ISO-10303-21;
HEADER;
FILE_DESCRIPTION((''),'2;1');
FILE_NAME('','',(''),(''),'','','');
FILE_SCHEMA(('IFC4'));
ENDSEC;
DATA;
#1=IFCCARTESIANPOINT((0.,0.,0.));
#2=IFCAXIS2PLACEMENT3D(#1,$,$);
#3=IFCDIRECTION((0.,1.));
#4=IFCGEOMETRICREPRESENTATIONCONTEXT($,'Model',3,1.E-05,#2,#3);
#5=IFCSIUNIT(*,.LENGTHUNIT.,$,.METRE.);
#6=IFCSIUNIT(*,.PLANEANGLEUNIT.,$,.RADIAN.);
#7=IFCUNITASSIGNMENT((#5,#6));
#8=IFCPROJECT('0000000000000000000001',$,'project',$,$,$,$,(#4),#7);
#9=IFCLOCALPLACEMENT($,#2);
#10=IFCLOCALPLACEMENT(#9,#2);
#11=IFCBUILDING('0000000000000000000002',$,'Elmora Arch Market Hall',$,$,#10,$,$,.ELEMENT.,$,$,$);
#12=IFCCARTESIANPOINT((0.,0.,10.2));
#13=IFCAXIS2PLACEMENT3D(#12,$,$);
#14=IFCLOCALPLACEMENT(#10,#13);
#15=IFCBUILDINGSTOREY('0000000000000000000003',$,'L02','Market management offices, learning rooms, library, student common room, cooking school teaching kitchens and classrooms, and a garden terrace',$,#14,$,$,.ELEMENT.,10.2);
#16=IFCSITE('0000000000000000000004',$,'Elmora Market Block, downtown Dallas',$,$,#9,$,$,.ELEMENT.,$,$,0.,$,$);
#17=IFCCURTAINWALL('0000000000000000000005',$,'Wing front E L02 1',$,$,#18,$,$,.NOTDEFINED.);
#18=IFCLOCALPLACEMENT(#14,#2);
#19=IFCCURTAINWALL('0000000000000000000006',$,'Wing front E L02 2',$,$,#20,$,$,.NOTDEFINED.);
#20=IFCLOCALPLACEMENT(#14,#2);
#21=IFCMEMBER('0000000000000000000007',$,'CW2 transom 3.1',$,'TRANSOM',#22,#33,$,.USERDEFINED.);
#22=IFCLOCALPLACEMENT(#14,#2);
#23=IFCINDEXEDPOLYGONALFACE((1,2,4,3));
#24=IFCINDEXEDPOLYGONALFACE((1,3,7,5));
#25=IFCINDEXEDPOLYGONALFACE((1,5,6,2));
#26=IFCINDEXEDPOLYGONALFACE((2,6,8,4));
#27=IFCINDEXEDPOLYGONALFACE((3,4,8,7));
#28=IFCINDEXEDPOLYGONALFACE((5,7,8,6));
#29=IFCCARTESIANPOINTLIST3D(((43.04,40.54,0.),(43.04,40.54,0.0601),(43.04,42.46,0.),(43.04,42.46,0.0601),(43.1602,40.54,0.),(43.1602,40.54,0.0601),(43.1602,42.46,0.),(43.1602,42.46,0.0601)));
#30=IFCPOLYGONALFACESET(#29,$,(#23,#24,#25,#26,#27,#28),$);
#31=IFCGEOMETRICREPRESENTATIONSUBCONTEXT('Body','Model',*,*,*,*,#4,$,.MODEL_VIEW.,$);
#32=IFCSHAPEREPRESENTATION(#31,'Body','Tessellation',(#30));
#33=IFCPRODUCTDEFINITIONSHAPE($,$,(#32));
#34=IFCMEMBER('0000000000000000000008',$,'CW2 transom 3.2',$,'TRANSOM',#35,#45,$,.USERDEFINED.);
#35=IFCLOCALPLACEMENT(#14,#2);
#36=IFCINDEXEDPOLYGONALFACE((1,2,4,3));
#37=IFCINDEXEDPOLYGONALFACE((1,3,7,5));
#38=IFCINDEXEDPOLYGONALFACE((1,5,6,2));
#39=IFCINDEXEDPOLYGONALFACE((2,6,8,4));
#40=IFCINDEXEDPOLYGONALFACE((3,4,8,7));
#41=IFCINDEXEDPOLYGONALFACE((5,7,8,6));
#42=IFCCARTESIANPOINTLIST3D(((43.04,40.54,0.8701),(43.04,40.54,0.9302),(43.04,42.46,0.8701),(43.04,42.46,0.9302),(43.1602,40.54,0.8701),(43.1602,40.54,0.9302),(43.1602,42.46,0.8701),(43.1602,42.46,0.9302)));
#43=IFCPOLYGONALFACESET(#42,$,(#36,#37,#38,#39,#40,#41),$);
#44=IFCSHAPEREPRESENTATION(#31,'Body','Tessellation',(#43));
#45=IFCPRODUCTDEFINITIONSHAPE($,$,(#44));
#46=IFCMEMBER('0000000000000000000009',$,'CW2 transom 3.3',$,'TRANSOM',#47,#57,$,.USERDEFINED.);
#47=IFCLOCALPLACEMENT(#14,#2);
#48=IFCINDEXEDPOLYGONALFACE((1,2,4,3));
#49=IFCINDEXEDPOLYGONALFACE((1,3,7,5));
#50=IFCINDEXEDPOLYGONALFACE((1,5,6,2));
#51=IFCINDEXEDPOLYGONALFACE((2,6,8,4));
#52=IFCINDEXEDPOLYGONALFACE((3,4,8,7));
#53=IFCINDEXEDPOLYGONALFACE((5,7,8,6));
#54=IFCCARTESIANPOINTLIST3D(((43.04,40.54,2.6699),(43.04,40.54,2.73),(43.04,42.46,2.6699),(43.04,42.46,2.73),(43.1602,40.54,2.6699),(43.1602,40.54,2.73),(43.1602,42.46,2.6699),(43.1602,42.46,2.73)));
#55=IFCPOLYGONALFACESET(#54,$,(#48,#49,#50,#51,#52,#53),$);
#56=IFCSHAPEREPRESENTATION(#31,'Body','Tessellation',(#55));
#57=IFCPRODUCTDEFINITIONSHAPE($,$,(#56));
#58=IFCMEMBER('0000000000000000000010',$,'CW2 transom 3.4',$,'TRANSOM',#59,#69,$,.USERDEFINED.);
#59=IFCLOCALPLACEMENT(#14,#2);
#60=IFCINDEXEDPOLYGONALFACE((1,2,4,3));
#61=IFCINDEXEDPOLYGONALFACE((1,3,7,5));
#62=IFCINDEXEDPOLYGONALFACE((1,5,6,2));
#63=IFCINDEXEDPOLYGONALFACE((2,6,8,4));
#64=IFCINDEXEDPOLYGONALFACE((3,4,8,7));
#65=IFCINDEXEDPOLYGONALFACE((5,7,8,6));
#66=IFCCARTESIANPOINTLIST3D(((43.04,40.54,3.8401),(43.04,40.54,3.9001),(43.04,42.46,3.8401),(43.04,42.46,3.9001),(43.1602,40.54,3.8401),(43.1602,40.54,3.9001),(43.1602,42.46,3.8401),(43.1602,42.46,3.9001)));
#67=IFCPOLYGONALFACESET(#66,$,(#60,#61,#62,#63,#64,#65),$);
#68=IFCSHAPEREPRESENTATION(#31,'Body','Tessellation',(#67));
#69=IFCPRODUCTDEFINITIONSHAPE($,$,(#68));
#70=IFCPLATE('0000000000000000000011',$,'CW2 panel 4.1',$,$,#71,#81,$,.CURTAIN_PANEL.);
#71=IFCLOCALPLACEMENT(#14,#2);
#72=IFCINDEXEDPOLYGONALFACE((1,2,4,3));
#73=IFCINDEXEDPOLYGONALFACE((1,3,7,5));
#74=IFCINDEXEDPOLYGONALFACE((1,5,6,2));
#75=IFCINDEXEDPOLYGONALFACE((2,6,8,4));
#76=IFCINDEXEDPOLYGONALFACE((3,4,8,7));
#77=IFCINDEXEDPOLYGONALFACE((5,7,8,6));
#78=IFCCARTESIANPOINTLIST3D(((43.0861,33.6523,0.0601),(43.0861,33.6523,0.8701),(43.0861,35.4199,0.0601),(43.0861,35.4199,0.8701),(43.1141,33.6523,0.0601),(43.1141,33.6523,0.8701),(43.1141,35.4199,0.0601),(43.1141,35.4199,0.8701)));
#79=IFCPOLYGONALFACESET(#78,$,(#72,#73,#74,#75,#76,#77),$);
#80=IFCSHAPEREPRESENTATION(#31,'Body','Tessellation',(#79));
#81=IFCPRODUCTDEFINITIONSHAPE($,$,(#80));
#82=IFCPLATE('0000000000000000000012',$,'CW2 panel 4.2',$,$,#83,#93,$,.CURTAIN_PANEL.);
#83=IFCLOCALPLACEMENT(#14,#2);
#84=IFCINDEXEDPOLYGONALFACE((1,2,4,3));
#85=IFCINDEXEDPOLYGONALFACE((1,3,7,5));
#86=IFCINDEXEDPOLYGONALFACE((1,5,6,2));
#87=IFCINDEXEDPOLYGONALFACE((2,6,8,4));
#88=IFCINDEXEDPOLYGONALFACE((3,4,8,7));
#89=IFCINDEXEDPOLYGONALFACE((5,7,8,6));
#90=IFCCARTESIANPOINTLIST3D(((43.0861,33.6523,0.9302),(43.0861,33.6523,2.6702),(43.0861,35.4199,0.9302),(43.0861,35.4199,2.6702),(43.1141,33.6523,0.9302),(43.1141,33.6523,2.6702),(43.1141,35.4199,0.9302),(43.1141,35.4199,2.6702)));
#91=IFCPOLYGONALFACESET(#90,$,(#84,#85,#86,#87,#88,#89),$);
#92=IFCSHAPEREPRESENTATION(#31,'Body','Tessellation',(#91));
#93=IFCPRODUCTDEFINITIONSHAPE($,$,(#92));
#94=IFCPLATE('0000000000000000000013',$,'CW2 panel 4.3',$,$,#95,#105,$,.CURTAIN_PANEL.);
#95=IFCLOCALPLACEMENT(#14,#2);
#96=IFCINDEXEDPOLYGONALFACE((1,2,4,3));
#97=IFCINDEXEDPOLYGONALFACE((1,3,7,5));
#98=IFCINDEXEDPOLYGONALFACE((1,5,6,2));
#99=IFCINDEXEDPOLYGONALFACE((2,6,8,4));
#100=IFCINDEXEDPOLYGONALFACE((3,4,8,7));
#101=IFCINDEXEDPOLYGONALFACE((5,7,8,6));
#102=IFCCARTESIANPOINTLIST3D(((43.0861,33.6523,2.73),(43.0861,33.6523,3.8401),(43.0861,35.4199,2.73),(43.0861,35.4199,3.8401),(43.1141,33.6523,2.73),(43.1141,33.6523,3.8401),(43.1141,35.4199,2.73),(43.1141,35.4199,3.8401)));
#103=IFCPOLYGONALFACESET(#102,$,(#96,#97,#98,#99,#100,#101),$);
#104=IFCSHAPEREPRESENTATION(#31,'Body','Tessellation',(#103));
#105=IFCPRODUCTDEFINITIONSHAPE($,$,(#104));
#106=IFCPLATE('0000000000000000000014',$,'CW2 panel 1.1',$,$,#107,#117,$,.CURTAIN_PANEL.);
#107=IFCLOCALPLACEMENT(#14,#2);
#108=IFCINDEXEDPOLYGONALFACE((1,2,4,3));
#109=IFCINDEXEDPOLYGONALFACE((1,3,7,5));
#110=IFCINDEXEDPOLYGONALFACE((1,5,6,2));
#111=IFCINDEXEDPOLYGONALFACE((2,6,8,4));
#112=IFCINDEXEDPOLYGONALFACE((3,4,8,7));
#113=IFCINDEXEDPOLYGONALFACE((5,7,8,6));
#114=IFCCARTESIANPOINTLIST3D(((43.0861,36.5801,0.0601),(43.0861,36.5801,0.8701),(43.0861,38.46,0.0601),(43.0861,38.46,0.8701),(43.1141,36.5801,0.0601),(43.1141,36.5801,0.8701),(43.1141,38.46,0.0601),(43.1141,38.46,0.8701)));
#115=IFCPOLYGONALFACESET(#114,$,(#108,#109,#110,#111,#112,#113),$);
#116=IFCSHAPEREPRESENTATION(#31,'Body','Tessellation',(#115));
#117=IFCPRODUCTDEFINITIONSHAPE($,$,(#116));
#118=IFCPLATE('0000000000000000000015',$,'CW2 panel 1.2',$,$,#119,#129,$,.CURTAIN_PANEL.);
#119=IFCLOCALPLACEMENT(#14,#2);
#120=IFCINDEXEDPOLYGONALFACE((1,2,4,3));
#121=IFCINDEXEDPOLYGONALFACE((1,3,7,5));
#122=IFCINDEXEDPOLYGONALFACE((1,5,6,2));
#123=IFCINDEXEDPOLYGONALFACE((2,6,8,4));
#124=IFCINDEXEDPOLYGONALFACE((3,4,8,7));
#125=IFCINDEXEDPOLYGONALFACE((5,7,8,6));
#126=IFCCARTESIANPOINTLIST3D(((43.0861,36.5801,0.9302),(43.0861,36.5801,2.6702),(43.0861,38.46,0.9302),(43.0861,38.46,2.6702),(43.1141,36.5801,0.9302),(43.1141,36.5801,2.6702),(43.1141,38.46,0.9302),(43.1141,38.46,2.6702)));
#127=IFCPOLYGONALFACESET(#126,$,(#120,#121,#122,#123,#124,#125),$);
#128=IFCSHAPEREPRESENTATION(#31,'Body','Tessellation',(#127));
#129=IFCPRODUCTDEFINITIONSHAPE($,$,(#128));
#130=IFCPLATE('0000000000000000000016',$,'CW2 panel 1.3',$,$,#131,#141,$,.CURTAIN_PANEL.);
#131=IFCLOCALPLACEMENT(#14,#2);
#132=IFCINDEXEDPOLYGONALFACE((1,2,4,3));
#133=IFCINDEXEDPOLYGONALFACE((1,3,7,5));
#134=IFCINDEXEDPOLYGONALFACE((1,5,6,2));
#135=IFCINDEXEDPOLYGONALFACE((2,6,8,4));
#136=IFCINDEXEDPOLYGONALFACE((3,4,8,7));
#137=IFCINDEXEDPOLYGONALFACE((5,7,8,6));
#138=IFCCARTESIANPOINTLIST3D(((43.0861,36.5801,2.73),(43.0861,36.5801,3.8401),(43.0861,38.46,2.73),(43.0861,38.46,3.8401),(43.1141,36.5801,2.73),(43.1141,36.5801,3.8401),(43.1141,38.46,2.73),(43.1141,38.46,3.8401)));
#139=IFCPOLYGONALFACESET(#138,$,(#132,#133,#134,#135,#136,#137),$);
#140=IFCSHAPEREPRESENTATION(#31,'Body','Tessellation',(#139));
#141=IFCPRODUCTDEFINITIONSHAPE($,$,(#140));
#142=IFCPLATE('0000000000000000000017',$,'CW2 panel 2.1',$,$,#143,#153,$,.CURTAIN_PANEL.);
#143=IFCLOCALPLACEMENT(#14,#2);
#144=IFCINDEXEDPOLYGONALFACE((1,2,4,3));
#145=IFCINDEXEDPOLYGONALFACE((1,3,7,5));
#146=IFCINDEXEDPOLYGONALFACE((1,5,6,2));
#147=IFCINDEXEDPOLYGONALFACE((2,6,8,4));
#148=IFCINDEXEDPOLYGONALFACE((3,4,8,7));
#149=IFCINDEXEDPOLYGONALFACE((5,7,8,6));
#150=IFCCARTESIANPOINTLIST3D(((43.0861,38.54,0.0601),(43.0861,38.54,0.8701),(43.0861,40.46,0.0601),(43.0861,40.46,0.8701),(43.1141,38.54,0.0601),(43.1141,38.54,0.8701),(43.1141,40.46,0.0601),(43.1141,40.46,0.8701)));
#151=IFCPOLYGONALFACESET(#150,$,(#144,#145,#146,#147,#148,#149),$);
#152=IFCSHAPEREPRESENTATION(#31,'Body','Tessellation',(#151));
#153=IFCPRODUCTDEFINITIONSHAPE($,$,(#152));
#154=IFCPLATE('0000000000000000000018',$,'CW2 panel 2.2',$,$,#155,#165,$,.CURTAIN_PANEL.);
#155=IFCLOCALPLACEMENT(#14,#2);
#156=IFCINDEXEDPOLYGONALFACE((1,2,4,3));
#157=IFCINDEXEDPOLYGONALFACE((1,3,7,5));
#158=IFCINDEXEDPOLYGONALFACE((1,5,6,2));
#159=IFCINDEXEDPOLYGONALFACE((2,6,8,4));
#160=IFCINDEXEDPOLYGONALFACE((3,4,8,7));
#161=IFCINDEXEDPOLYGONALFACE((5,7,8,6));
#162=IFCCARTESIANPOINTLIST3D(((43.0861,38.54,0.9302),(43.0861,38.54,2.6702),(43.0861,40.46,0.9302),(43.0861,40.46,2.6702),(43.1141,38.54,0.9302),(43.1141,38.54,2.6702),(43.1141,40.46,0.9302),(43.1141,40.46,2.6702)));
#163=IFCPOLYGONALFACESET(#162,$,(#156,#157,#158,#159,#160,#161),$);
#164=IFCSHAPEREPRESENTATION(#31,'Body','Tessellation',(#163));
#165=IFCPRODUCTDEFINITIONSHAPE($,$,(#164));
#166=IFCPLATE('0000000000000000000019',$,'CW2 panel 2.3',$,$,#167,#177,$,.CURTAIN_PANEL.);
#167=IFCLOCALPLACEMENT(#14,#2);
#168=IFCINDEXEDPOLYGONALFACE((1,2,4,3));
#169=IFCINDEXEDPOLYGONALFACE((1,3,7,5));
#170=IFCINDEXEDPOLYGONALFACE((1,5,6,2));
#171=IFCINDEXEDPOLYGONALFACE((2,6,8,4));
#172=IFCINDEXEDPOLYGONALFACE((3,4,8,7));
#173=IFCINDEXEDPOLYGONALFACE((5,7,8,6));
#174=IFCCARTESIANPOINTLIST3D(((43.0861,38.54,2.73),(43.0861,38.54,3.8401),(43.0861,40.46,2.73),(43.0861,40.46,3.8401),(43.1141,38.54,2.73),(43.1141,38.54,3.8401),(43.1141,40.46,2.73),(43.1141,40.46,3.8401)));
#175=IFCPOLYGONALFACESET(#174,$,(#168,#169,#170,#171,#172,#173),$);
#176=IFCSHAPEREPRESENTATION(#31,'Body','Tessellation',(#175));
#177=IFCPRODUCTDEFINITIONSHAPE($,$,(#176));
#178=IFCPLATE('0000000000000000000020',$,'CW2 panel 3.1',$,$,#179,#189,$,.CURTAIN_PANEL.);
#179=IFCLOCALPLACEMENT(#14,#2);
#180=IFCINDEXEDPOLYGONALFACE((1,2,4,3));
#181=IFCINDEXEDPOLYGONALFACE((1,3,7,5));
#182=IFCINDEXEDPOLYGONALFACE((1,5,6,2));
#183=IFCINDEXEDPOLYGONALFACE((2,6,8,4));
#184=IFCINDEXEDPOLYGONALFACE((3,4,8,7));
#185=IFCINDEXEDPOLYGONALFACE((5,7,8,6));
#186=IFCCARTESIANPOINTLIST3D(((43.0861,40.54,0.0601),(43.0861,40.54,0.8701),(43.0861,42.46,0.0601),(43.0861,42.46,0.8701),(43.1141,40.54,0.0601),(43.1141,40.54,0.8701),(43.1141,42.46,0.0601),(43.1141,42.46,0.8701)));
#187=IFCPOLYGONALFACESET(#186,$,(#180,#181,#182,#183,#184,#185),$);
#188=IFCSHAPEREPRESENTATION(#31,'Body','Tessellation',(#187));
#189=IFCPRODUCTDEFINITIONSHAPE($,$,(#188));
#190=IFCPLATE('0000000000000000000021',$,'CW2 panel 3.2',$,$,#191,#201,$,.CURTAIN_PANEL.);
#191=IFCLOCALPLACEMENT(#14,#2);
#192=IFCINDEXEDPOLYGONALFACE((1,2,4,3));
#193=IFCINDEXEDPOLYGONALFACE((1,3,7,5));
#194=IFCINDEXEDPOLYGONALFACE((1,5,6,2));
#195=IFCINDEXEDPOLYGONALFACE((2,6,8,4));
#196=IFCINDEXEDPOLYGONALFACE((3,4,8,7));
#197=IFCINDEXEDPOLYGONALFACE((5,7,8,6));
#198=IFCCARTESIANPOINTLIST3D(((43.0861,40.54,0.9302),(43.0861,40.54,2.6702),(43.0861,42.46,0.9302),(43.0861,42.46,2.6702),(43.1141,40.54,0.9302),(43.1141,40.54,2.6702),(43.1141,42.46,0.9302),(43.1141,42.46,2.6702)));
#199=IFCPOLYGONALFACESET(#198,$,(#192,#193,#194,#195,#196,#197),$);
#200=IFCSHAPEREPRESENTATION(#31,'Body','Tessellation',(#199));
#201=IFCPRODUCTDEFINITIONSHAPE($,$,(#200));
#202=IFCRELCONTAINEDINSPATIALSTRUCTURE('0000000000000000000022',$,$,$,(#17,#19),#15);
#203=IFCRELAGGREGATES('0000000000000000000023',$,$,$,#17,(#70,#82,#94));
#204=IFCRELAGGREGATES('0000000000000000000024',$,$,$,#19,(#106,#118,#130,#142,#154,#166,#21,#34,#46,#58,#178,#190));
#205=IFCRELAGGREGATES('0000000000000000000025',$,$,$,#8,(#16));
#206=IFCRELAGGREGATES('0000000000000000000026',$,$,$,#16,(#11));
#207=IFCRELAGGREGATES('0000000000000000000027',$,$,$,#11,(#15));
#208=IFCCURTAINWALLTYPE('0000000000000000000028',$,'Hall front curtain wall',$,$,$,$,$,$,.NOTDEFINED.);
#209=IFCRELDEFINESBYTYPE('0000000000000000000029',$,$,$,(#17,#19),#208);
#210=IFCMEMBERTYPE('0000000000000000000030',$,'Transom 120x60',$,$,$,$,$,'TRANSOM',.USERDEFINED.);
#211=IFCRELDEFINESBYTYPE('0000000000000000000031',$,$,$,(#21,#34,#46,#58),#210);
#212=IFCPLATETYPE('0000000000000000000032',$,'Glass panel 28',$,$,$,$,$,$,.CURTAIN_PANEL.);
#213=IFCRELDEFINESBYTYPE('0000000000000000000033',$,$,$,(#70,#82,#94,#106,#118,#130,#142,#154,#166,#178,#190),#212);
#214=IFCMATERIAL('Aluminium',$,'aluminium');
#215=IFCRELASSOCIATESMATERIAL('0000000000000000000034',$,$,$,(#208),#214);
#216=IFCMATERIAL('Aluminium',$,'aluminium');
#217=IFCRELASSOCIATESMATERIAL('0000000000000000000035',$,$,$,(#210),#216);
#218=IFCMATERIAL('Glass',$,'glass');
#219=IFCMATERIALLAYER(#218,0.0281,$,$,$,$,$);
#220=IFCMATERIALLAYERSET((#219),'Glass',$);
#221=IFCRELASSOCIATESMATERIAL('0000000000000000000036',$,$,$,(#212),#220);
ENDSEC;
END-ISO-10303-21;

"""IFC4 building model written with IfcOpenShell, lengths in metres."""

from ifc_helpers import new_model, si_unit, direction, frame, origin, origin_2d, place, context, subcontext, project, spatial, rectangle, extrude, material, layer, layer_set, material_profile, profile_set, type_object, element, aggregate, save


model = new_model("IFC4")

# Units and contexts
model_context = context("Model", 3, precision=1e-05, world=origin(), true_north=direction((0.0, 1.0)))
body_context = subcontext(model_context, "Body", "Model", "MODEL_VIEW")
ifc_project = project(units=[si_unit("LENGTHUNIT", "METRE"), si_unit("PLANEANGLEUNIT", "RADIAN")], contexts=[model_context])

# Site, building, storey
site_placement = place(None, origin())
site = spatial("IfcSite", under=ifc_project, at=site_placement, Name="Elmora Market Block, downtown Dallas", CompositionType="ELEMENT", RefElevation=0.0)
building_placement = place(site_placement, origin())
building = spatial("IfcBuilding", under=site, at=building_placement, Name="Elmora Arch Market Hall", CompositionType="ELEMENT")
storey_placement = place(building_placement, frame((0.0, 0.0, 10.2)))
storey = spatial("IfcBuildingStorey", under=building, at=storey_placement, Name="L02", Description="Market management offices, learning rooms, library, student common room, cooking school teaching kitchens and classrooms, and a garden terrace", CompositionType="ELEMENT", Elevation=10.2)

# Curtain wall
ifc_material_1 = material(Name="Aluminium", Category="aluminium")
curtain_wall_type = type_object("IfcCurtainWallType", Name="Hall front curtain wall", PredefinedType="NOTDEFINED", material=ifc_material_1)
curtain_wall_1_placement = place(storey_placement, origin())
curtain_wall_1 = element("IfcCurtainWall", 1, at=curtain_wall_1_placement, inside=storey, type_object=curtain_wall_type, Name="Wing front E L02 1", PredefinedType="NOTDEFINED")

# Curtain wall, members
curtain_wall_2_placement = place(storey_placement, origin())
curtain_wall_2 = element("IfcCurtainWall", 2, at=curtain_wall_2_placement, inside=storey, type_object=curtain_wall_type, Name="Wing front E L02 2", PredefinedType="NOTDEFINED")
ifc_material_2 = material(Name="Aluminium", Category="aluminium")
ifc_material_profile_1 = material_profile(ifc_material_2, rectangle(XDim=0.1201, YDim=0.0601, at=origin_2d()), Name="AL 120x60")
ifc_profile_set_1 = profile_set([ifc_material_profile_1], Name="Aluminium")
member_type_1 = type_object("IfcMemberType", Name="Transom 120x60", ElementType="TRANSOM", PredefinedType="USERDEFINED", material=ifc_profile_set_1)
member_1_placement = place(storey_placement, frame((43.1001, 40.54, 0.03), z_axis=(0.0, 1.0, 0.0), x_axis=(-1.0, 0.0, 0.0)))
member_1 = element("IfcMember", 3, at=member_1_placement, type_object=member_type_1, Name="CW2 transom 3.1", ObjectType="TRANSOM", PredefinedType="USERDEFINED", context=body_context, shape_type="SweptSolid", body=[
    extrude(rectangle(XDim=0.1201, YDim=0.0601, at=origin_2d()), origin(), (0.0, 0.0, 1.0), 1.9199),
])
member_2_placement = place(storey_placement, frame((43.1001, 40.54, 0.9001), z_axis=(0.0, 1.0, 0.0), x_axis=(-1.0, 0.0, 0.0)))
member_2 = element("IfcMember", 4, at=member_2_placement, type_object=member_type_1, Name="CW2 transom 3.2", ObjectType="TRANSOM", PredefinedType="USERDEFINED", context=body_context, shape_type="SweptSolid", body=[
    extrude(rectangle(XDim=0.1201, YDim=0.0601, at=origin_2d()), origin(), (0.0, 0.0, 1.0), 1.9199),
])
member_3_placement = place(storey_placement, frame((43.1001, 40.54, 2.7), z_axis=(0.0, 1.0, 0.0), x_axis=(-1.0, 0.0, 0.0)))
member_3 = element("IfcMember", 5, at=member_3_placement, type_object=member_type_1, Name="CW2 transom 3.3", ObjectType="TRANSOM", PredefinedType="USERDEFINED", context=body_context, shape_type="SweptSolid", body=[
    extrude(rectangle(XDim=0.1201, YDim=0.0601, at=origin_2d()), origin(), (0.0, 0.0, 1.0), 1.9199),
])
member_4_placement = place(storey_placement, frame((43.1001, 40.54, 3.8701), z_axis=(0.0, 1.0, 0.0), x_axis=(-1.0, 0.0, 0.0)))
member_4 = element("IfcMember", 6, at=member_4_placement, type_object=member_type_1, Name="CW2 transom 3.4", ObjectType="TRANSOM", PredefinedType="USERDEFINED", context=body_context, shape_type="SweptSolid", body=[
    extrude(rectangle(XDim=0.1201, YDim=0.0601, at=origin_2d()), origin(), (0.0, 0.0, 1.0), 1.9199),
])

# Plates
ifc_material_3 = material(Name="Glass", Category="glass")
ifc_layer = layer(ifc_material_3, 0.0281)
ifc_layer_set = layer_set([ifc_layer], Name="Glass")
plate_type = type_object("IfcPlateType", Name="Glass panel 28", PredefinedType="CURTAIN_PANEL", material=ifc_layer_set)
plate_1_placement = place(storey_placement, frame((43.1001, 34.5361, 0.0601), z_axis=(0.0, 0.0, 1.0), x_axis=(0.0, 1.0, 0.0)))
plate_1 = element("IfcPlate", 7, at=plate_1_placement, type_object=plate_type, Name="CW2 panel 4.1", PredefinedType="CURTAIN_PANEL", context=body_context, shape_type="SweptSolid", body=[
    extrude(rectangle(XDim=1.7676, YDim=0.0281, at=origin_2d()), origin(), (0.0, 0.0, 1.0), 0.8101),
])
plate_2_placement = place(storey_placement, frame((43.1001, 34.5361, 0.9302), z_axis=(0.0, 0.0, 1.0), x_axis=(0.0, 1.0, 0.0)))
plate_2 = element("IfcPlate", 8, at=plate_2_placement, type_object=plate_type, Name="CW2 panel 4.2", PredefinedType="CURTAIN_PANEL", context=body_context, shape_type="SweptSolid", body=[
    extrude(rectangle(XDim=1.7676, YDim=0.0281, at=origin_2d()), origin(), (0.0, 0.0, 1.0), 1.74),
])
plate_3_placement = place(storey_placement, frame((43.1001, 34.5361, 2.73), z_axis=(0.0, 0.0, 1.0), x_axis=(0.0, 1.0, 0.0)))
plate_3 = element("IfcPlate", 9, at=plate_3_placement, type_object=plate_type, Name="CW2 panel 4.3", PredefinedType="CURTAIN_PANEL", context=body_context, shape_type="SweptSolid", body=[
    extrude(rectangle(XDim=1.7676, YDim=0.0281, at=origin_2d()), origin(), (0.0, 0.0, 1.0), 1.1101),
])
aggregate(curtain_wall_1, [plate_1, plate_2, plate_3])
plate_4_placement = place(storey_placement, frame((43.1001, 37.52, 0.0601), z_axis=(0.0, 0.0, 1.0), x_axis=(0.0, 1.0, 0.0)))
plate_4 = element("IfcPlate", 10, at=plate_4_placement, type_object=plate_type, Name="CW2 panel 1.1", PredefinedType="CURTAIN_PANEL", context=body_context, shape_type="SweptSolid", body=[
    extrude(rectangle(XDim=1.8799, YDim=0.0281, at=origin_2d()), origin(), (0.0, 0.0, 1.0), 0.8101),
])
plate_5_placement = place(storey_placement, frame((43.1001, 37.52, 0.9302), z_axis=(0.0, 0.0, 1.0), x_axis=(0.0, 1.0, 0.0)))
plate_5 = element("IfcPlate", 11, at=plate_5_placement, type_object=plate_type, Name="CW2 panel 1.2", PredefinedType="CURTAIN_PANEL", context=body_context, shape_type="SweptSolid", body=[
    extrude(rectangle(XDim=1.8799, YDim=0.0281, at=origin_2d()), origin(), (0.0, 0.0, 1.0), 1.74),
])
plate_6_placement = place(storey_placement, frame((43.1001, 37.52, 2.73), z_axis=(0.0, 0.0, 1.0), x_axis=(0.0, 1.0, 0.0)))
plate_6 = element("IfcPlate", 12, at=plate_6_placement, type_object=plate_type, Name="CW2 panel 1.3", PredefinedType="CURTAIN_PANEL", context=body_context, shape_type="SweptSolid", body=[
    extrude(rectangle(XDim=1.8799, YDim=0.0281, at=origin_2d()), origin(), (0.0, 0.0, 1.0), 1.1101),
])
plate_7_placement = place(storey_placement, frame((43.1001, 39.5, 0.0601), z_axis=(0.0, 0.0, 1.0), x_axis=(0.0, 1.0, 0.0)))
plate_7 = element("IfcPlate", 13, at=plate_7_placement, type_object=plate_type, Name="CW2 panel 2.1", PredefinedType="CURTAIN_PANEL", context=body_context, shape_type="SweptSolid", body=[
    extrude(rectangle(XDim=1.9199, YDim=0.0281, at=origin_2d()), origin(), (0.0, 0.0, 1.0), 0.8101),
])
plate_8_placement = place(storey_placement, frame((43.1001, 39.5, 0.9302), z_axis=(0.0, 0.0, 1.0), x_axis=(0.0, 1.0, 0.0)))
plate_8 = element("IfcPlate", 14, at=plate_8_placement, type_object=plate_type, Name="CW2 panel 2.2", PredefinedType="CURTAIN_PANEL", context=body_context, shape_type="SweptSolid", body=[
    extrude(rectangle(XDim=1.9199, YDim=0.0281, at=origin_2d()), origin(), (0.0, 0.0, 1.0), 1.74),
])
plate_9_placement = place(storey_placement, frame((43.1001, 39.5, 2.73), z_axis=(0.0, 0.0, 1.0), x_axis=(0.0, 1.0, 0.0)))
plate_9 = element("IfcPlate", 15, at=plate_9_placement, type_object=plate_type, Name="CW2 panel 2.3", PredefinedType="CURTAIN_PANEL", context=body_context, shape_type="SweptSolid", body=[
    extrude(rectangle(XDim=1.9199, YDim=0.0281, at=origin_2d()), origin(), (0.0, 0.0, 1.0), 1.1101),
])
plate_10_placement = place(storey_placement, frame((43.1001, 41.5, 0.0601), z_axis=(0.0, 0.0, 1.0), x_axis=(0.0, 1.0, 0.0)))
plate_10 = element("IfcPlate", 16, at=plate_10_placement, type_object=plate_type, Name="CW2 panel 3.1", PredefinedType="CURTAIN_PANEL", context=body_context, shape_type="SweptSolid", body=[
    extrude(rectangle(XDim=1.9199, YDim=0.0281, at=origin_2d()), origin(), (0.0, 0.0, 1.0), 0.8101),
])
plate_11_placement = place(storey_placement, frame((43.1001, 41.5, 0.9302), z_axis=(0.0, 0.0, 1.0), x_axis=(0.0, 1.0, 0.0)))
plate_11 = element("IfcPlate", 17, at=plate_11_placement, type_object=plate_type, Name="CW2 panel 3.2", PredefinedType="CURTAIN_PANEL", context=body_context, shape_type="SweptSolid", body=[
    extrude(rectangle(XDim=1.9199, YDim=0.0281, at=origin_2d()), origin(), (0.0, 0.0, 1.0), 1.74),
])
aggregate(curtain_wall_2, [plate_4, plate_5, plate_6, plate_7, plate_8, plate_9, member_1, member_2, member_3, member_4, plate_10, plate_11])

save(model, "model.ifc")
